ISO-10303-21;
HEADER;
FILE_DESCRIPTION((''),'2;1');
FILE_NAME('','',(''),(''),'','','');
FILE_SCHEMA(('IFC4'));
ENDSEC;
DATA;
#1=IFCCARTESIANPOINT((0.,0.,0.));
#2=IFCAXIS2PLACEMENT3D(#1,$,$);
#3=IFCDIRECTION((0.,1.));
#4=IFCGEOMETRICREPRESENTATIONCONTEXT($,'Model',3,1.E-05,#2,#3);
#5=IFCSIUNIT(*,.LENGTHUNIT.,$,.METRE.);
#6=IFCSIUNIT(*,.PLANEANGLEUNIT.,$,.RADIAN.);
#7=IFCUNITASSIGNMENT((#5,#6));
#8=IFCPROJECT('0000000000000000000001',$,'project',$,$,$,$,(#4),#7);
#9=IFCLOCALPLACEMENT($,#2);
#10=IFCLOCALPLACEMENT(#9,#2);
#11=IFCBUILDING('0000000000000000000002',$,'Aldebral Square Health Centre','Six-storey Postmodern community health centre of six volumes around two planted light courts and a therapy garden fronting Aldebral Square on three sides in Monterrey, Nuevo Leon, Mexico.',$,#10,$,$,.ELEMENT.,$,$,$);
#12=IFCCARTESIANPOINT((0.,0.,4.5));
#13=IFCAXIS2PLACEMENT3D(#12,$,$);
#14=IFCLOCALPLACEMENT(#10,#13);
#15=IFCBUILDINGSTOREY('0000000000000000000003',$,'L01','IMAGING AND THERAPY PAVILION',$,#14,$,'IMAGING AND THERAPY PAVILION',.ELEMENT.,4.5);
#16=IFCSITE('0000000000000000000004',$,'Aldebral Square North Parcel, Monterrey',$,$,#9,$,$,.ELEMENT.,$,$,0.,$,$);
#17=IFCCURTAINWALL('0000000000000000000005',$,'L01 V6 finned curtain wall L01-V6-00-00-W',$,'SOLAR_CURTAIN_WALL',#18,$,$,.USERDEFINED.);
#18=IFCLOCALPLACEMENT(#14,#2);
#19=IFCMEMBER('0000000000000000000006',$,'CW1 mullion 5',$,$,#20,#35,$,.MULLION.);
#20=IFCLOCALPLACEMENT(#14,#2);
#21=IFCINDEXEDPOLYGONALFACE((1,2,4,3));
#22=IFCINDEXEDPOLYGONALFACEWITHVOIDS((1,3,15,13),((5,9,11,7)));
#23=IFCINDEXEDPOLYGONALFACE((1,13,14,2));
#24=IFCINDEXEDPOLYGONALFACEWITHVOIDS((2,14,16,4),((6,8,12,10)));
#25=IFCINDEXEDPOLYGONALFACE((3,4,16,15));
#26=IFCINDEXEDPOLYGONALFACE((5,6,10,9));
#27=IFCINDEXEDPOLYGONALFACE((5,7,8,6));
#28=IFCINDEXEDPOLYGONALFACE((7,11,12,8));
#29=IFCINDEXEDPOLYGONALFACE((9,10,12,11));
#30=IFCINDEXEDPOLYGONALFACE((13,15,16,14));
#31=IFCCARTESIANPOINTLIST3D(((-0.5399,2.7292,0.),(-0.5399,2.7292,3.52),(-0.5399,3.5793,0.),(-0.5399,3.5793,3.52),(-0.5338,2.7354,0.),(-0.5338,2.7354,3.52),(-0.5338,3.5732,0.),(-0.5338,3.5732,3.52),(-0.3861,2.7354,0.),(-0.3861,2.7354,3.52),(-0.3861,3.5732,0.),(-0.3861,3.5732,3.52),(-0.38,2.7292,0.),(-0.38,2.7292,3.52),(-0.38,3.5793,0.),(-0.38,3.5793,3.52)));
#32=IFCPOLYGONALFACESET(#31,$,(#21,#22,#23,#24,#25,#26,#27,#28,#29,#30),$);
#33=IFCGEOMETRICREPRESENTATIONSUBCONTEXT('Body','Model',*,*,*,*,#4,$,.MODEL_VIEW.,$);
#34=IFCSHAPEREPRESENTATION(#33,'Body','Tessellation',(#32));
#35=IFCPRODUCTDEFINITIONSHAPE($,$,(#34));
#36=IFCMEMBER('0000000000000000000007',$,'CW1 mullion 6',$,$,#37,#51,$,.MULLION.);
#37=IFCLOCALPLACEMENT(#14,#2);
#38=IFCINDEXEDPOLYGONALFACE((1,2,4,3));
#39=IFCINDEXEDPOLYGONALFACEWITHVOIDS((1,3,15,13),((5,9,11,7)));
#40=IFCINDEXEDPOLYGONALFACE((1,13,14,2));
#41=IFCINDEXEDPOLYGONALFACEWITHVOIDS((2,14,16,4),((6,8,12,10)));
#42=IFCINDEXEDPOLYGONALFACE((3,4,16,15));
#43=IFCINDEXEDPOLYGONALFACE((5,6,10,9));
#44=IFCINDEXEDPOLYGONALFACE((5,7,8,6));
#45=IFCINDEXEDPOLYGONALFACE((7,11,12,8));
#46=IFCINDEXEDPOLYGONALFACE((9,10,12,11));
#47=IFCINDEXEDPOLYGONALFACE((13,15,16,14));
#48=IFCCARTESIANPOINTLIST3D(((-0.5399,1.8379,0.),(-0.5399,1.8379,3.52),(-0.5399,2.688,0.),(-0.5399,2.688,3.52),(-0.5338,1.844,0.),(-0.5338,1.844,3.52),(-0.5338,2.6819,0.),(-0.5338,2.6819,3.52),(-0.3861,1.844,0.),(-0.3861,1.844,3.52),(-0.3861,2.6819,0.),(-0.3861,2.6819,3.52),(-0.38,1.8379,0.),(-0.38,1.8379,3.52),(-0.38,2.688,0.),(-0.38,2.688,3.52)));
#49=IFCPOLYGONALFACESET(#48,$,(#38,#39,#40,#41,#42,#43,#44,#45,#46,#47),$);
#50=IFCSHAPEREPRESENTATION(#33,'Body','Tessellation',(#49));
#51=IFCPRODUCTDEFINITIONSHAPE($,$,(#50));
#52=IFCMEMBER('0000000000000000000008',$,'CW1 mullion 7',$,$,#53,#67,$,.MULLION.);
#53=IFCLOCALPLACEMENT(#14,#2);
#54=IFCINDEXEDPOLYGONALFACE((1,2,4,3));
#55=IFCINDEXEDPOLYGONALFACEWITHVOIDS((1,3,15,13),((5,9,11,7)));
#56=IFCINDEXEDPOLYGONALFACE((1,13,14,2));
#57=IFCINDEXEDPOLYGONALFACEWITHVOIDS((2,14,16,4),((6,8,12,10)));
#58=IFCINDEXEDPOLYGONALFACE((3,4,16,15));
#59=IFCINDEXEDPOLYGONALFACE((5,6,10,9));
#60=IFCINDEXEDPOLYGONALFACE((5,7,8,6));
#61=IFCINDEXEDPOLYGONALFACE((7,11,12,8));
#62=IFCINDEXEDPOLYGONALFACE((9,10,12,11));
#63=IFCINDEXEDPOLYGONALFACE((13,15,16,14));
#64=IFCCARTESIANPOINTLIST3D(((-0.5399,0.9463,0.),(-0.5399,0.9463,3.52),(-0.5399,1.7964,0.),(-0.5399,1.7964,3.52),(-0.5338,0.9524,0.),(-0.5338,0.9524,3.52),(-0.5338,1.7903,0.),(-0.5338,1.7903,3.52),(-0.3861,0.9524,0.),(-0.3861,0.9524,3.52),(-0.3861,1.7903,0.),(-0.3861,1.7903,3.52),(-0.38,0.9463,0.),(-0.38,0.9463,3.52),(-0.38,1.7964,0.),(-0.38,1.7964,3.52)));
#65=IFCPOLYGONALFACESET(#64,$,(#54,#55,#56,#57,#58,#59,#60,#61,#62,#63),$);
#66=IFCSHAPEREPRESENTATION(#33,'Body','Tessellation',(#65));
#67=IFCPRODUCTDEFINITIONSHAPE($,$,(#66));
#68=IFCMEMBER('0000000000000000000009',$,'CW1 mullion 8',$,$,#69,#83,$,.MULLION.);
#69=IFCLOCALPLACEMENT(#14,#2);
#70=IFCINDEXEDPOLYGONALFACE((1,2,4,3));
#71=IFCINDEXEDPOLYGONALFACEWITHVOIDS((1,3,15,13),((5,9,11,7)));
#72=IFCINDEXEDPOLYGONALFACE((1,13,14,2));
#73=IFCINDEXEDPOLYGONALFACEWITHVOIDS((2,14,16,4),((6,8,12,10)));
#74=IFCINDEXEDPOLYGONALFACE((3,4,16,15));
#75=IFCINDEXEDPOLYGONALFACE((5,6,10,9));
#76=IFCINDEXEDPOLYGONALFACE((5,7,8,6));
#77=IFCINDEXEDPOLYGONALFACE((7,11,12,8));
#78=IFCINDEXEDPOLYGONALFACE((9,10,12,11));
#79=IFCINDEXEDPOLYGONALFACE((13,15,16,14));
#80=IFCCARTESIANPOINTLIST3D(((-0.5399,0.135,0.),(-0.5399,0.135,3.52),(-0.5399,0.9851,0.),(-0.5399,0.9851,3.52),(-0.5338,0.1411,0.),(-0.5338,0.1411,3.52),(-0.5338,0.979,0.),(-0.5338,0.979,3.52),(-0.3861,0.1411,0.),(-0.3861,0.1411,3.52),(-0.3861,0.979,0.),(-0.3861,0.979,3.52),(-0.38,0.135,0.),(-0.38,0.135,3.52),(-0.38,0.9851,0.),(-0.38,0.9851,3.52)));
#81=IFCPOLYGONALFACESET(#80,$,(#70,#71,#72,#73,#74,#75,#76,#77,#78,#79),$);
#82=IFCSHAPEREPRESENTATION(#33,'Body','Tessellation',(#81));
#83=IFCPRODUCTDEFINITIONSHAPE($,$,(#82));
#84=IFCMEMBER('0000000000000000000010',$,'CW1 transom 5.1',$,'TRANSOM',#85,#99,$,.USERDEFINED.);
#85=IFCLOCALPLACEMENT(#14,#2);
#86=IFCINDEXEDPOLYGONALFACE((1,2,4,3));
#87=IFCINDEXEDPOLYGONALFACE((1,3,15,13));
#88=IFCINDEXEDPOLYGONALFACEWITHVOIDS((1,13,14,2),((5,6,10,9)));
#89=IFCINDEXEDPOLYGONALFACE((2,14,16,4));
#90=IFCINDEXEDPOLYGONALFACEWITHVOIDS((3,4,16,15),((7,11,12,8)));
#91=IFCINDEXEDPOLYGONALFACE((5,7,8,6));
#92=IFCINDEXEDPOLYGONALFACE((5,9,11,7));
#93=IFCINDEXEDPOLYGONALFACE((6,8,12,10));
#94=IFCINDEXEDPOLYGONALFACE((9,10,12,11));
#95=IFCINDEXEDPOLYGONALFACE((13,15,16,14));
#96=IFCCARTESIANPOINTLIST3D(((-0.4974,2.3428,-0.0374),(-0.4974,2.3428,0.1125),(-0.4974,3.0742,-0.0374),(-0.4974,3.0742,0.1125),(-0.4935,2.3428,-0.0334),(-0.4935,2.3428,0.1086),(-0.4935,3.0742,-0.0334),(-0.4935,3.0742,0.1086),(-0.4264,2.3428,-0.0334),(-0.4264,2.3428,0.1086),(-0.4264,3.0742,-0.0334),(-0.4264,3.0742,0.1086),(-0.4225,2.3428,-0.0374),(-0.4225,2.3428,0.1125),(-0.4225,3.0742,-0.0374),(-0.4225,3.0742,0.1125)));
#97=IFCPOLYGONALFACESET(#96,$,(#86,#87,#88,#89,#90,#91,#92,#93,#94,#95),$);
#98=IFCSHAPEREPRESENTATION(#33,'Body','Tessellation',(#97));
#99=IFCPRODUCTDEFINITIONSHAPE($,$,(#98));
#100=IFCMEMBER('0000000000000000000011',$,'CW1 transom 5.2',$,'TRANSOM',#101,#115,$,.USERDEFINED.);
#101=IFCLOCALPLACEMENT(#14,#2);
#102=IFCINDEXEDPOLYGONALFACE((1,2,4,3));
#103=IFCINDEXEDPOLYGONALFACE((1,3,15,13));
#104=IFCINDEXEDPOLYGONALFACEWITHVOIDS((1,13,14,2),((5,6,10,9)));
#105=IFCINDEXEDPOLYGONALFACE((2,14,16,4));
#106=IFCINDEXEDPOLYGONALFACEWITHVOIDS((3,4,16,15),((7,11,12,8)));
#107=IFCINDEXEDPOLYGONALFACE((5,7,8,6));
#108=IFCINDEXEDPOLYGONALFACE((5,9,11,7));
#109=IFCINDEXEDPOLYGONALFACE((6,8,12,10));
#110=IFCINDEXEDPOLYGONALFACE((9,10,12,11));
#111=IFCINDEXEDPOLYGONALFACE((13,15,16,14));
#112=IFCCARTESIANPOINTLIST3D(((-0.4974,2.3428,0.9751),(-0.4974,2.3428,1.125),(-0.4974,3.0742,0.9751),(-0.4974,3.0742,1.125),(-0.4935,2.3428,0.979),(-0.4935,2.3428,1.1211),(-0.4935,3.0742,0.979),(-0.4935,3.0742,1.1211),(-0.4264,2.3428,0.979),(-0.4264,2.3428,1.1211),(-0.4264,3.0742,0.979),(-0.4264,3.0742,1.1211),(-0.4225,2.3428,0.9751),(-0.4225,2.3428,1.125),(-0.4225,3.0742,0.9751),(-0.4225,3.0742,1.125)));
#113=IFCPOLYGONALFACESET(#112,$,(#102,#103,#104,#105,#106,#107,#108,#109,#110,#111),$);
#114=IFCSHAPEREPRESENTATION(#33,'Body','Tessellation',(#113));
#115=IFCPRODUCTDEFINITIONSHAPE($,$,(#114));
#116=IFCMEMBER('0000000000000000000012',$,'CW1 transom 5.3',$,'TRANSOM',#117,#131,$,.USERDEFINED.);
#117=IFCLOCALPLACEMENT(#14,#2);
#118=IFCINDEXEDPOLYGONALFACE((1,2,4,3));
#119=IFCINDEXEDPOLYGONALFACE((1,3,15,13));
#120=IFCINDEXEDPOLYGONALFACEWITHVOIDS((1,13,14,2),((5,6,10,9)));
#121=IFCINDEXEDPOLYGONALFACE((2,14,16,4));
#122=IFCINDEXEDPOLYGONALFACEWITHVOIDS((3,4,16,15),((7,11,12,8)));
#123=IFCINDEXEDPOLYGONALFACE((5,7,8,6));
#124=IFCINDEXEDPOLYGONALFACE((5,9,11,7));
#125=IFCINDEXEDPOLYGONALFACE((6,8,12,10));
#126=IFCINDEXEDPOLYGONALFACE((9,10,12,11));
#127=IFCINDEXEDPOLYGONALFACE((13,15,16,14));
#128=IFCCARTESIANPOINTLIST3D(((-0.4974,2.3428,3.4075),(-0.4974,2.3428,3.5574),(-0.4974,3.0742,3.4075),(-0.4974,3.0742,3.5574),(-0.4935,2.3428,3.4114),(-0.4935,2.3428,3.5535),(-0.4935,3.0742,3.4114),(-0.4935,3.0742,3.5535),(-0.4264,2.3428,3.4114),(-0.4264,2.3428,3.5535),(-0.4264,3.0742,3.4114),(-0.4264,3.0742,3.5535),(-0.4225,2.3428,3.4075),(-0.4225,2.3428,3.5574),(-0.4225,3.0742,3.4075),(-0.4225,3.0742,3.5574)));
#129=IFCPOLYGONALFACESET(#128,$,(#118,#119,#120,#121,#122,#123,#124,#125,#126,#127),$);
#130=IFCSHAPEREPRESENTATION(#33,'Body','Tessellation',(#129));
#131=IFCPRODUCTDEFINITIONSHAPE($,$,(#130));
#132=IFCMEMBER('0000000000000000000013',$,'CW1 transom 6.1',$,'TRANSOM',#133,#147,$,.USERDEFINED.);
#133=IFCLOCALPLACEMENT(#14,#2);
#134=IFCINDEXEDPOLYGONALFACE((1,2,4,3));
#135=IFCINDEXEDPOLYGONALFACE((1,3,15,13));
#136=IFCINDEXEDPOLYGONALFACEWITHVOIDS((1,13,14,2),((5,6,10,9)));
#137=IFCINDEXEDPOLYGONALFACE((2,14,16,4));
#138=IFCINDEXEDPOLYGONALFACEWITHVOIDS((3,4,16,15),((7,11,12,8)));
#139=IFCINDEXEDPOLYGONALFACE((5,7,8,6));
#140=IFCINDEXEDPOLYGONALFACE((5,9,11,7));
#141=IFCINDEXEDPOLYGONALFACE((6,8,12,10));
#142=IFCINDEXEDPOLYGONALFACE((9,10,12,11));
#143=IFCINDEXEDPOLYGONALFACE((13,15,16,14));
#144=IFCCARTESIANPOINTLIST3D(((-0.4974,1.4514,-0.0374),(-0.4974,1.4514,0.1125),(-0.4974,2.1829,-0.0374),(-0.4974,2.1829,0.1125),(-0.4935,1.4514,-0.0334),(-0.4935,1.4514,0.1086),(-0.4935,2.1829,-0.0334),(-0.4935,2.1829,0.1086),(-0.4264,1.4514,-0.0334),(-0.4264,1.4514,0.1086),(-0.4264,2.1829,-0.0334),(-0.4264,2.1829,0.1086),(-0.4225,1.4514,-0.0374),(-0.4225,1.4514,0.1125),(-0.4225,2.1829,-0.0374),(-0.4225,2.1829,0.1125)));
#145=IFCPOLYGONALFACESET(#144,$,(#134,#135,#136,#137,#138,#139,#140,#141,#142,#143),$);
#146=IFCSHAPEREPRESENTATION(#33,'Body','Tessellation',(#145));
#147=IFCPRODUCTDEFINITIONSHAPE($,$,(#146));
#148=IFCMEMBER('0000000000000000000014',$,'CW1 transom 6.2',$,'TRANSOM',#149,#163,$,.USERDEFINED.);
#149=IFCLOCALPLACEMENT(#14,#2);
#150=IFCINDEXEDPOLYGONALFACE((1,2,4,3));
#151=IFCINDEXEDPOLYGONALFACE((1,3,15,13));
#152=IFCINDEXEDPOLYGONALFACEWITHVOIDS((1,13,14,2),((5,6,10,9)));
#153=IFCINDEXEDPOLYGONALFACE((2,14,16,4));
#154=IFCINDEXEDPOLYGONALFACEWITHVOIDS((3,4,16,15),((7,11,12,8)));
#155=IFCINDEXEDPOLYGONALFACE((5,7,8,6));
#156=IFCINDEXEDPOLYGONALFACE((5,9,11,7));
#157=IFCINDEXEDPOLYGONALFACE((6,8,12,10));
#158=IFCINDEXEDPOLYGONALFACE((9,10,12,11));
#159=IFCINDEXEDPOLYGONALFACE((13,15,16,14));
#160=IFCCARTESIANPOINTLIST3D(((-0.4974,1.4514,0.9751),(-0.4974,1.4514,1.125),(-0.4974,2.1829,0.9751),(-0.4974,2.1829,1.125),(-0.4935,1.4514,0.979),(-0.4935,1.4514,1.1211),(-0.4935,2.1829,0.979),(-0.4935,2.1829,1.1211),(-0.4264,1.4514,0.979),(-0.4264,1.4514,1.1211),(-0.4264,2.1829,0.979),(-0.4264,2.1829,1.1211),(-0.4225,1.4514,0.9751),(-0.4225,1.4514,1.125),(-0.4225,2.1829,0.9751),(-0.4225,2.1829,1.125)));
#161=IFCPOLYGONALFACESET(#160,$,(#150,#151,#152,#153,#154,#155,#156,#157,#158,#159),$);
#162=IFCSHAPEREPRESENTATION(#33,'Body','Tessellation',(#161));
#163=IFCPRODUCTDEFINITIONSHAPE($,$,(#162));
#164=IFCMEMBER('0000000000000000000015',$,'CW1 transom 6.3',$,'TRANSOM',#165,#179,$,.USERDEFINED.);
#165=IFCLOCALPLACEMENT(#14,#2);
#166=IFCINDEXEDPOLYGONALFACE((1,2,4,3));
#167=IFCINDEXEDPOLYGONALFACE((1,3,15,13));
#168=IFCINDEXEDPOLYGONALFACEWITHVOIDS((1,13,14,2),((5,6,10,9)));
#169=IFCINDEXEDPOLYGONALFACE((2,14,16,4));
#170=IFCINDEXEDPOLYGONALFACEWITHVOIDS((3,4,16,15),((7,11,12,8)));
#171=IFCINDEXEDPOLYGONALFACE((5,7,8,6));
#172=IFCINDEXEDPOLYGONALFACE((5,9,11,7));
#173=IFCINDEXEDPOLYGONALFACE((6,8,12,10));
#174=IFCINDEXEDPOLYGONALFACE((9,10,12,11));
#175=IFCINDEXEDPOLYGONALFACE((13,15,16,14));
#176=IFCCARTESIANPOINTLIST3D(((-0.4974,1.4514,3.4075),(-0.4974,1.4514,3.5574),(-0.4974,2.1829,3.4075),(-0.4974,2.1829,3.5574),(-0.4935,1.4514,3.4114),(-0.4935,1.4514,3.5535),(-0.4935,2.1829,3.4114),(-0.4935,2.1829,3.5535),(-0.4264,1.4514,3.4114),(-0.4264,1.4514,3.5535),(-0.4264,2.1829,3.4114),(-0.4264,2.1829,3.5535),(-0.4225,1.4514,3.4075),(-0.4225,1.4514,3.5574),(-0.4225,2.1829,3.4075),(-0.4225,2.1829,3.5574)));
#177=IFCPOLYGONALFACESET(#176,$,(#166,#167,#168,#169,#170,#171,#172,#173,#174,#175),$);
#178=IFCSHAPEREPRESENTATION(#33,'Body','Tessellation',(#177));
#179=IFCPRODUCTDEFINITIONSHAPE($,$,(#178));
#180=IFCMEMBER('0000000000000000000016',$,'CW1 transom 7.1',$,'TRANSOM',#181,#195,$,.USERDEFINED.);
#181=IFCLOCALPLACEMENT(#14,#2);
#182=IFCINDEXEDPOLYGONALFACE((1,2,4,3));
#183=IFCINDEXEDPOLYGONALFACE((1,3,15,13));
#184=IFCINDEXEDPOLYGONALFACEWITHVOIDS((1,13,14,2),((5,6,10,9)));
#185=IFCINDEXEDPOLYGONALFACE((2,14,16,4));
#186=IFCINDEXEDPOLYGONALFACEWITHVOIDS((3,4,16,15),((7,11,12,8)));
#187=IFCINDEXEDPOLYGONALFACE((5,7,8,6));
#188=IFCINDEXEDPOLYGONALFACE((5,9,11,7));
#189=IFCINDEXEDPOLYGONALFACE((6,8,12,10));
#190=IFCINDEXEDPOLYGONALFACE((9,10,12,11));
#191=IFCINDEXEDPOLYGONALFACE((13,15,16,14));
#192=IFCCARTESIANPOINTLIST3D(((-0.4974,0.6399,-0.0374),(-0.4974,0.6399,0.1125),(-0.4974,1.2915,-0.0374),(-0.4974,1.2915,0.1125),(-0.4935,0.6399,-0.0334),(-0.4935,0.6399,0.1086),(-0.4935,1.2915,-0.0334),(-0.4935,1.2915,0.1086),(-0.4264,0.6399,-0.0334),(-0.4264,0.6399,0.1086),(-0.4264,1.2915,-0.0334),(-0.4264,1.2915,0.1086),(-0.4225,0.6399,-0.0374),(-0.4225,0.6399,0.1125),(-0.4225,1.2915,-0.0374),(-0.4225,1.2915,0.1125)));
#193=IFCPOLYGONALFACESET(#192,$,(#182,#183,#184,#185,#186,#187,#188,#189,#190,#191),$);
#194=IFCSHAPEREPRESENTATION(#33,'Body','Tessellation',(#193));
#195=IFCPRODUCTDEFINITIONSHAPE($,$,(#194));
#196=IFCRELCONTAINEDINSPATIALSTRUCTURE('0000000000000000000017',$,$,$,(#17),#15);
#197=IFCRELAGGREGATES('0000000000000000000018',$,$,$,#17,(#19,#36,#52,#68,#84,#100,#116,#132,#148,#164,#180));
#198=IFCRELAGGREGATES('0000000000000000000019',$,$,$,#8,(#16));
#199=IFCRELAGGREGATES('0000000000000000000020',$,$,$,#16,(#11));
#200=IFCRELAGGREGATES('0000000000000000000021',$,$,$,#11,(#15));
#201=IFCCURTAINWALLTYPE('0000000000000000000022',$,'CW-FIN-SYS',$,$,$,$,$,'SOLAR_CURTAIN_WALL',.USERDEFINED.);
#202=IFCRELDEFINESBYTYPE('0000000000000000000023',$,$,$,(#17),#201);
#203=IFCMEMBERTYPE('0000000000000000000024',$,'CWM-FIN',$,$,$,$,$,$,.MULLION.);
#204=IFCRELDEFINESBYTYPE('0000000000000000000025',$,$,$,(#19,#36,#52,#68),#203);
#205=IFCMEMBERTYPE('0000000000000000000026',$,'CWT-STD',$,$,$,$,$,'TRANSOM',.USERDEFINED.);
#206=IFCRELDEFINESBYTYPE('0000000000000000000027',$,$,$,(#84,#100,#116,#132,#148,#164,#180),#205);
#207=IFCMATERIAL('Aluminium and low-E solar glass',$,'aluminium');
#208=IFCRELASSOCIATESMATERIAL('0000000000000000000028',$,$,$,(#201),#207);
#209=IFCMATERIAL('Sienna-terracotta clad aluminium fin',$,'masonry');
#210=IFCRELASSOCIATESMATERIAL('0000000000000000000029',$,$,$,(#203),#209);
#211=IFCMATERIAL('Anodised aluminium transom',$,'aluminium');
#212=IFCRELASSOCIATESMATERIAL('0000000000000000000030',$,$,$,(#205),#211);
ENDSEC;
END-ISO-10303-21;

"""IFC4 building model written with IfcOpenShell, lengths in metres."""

from ifc_helpers import new_model, si_unit, direction, frame, origin, origin_2d, place, context, subcontext, project, spatial, hollow_rectangle, extrude, material, material_profile, profile_set, type_object, element, aggregate, save


model = new_model("IFC4")

# Units and contexts
model_context = context("Model", 3, precision=1e-05, world=origin(), true_north=direction((0.0, 1.0)))
body_context = subcontext(model_context, "Body", "Model", "MODEL_VIEW")
ifc_project = project(units=[si_unit("LENGTHUNIT", "METRE"), si_unit("PLANEANGLEUNIT", "RADIAN")], contexts=[model_context])

# Site, building, storey
site_placement = place(None, origin())
site = spatial("IfcSite", under=ifc_project, at=site_placement, Name="Aldebral Square North Parcel, Monterrey", CompositionType="ELEMENT", RefElevation=0.0)
building_placement = place(site_placement, origin())
building = spatial("IfcBuilding", under=site, at=building_placement, Name="Aldebral Square Health Centre", Description="Six-storey Postmodern community health centre of six volumes around two planted light courts and a therapy garden fronting Aldebral Square on three sides in Monterrey, Nuevo Leon, Mexico.", CompositionType="ELEMENT")
storey_placement = place(building_placement, frame((0.0, 0.0, 4.5)))
storey = spatial("IfcBuildingStorey", under=building, at=storey_placement, Name="L01", Description="IMAGING AND THERAPY PAVILION", LongName="IMAGING AND THERAPY PAVILION", CompositionType="ELEMENT", Elevation=4.5)

# Curtain wall, members
ifc_material_1 = material(Name="Aluminium and low-E solar glass", Category="aluminium")
curtain_wall_type = type_object("IfcCurtainWallType", Name="CW-FIN-SYS", ElementType="SOLAR_CURTAIN_WALL", PredefinedType="USERDEFINED", material=ifc_material_1)
curtain_wall_placement = place(storey_placement, origin())
curtain_wall = element("IfcCurtainWall", 1, at=curtain_wall_placement, inside=storey, type_object=curtain_wall_type, Name="L01 V6 finned curtain wall L01-V6-00-00-W", ObjectType="SOLAR_CURTAIN_WALL", PredefinedType="USERDEFINED")
ifc_material_2 = material(Name="Sienna-terracotta clad aluminium fin", Category="masonry")
ifc_material_profile_1 = material_profile(ifc_material_2, hollow_rectangle(XDim=0.1599, YDim=0.8501, WallThickness=0.0061, at=origin_2d()), Name="FIN 160x850x6")
ifc_profile_set_1 = profile_set([ifc_material_profile_1], Name="Sienna-terracotta clad aluminium fin")
member_type_1 = type_object("IfcMemberType", Name="CWM-FIN", PredefinedType="MULLION", material=ifc_profile_set_1)
member_1_placement = place(storey_placement, frame((-0.46, 3.1543, 0.0), z_axis=(0.0, 0.0, 1.0), x_axis=(1.0, 0.0, 0.0)))
member_1 = element("IfcMember", 2, at=member_1_placement, type_object=member_type_1, Name="CW1 mullion 5", PredefinedType="MULLION", context=body_context, shape_type="SweptSolid", body=[
    extrude(hollow_rectangle(XDim=0.1599, YDim=0.8501, WallThickness=0.0061, at=origin_2d()), origin(), (0.0, 0.0, 1.0), 3.52),
])
member_2_placement = place(storey_placement, frame((-0.46, 2.2629, 0.0), z_axis=(0.0, 0.0, 1.0), x_axis=(1.0, 0.0, 0.0)))
member_2 = element("IfcMember", 3, at=member_2_placement, type_object=member_type_1, Name="CW1 mullion 6", PredefinedType="MULLION", context=body_context, shape_type="SweptSolid", body=[
    extrude(hollow_rectangle(XDim=0.1599, YDim=0.8501, WallThickness=0.0061, at=origin_2d()), origin(), (0.0, 0.0, 1.0), 3.52),
])
member_3_placement = place(storey_placement, frame((-0.46, 1.3713, 0.0), z_axis=(0.0, 0.0, 1.0), x_axis=(1.0, 0.0, 0.0)))
member_3 = element("IfcMember", 4, at=member_3_placement, type_object=member_type_1, Name="CW1 mullion 7", PredefinedType="MULLION", context=body_context, shape_type="SweptSolid", body=[
    extrude(hollow_rectangle(XDim=0.1599, YDim=0.8501, WallThickness=0.0061, at=origin_2d()), origin(), (0.0, 0.0, 1.0), 3.52),
])
member_4_placement = place(storey_placement, frame((-0.46, 0.5601, 0.0), z_axis=(0.0, 0.0, 1.0), x_axis=(1.0, 0.0, 0.0)))
member_4 = element("IfcMember", 5, at=member_4_placement, type_object=member_type_1, Name="CW1 mullion 8", PredefinedType="MULLION", context=body_context, shape_type="SweptSolid", body=[
    extrude(hollow_rectangle(XDim=0.1599, YDim=0.8501, WallThickness=0.0061, at=origin_2d()), origin(), (0.0, 0.0, 1.0), 3.52),
])
ifc_material_3 = material(Name="Anodised aluminium transom", Category="aluminium")
ifc_material_profile_2 = material_profile(ifc_material_3, hollow_rectangle(XDim=0.075, YDim=0.1499, WallThickness=0.0039, at=origin_2d()), Name="CWT 75x150x4")
ifc_profile_set_2 = profile_set([ifc_material_profile_2], Name="Anodised aluminium transom")
member_type_2 = type_object("IfcMemberType", Name="CWT-STD", ElementType="TRANSOM", PredefinedType="USERDEFINED", material=ifc_profile_set_2)
member_5_placement = place(storey_placement, frame((-0.46, 3.0742, 0.0376), z_axis=(0.0, -1.0, 0.0), x_axis=(1.0, 0.0, 0.0)))
member_5 = element("IfcMember", 6, at=member_5_placement, type_object=member_type_2, Name="CW1 transom 5.1", ObjectType="TRANSOM", PredefinedType="USERDEFINED", context=body_context, shape_type="SweptSolid", body=[
    extrude(hollow_rectangle(XDim=0.075, YDim=0.1499, WallThickness=0.0039, at=origin_2d()), origin(), (0.0, 0.0, 1.0), 0.7314),
])
member_6_placement = place(storey_placement, frame((-0.46, 3.0742, 1.05), z_axis=(0.0, -1.0, 0.0), x_axis=(1.0, 0.0, 0.0)))
member_6 = element("IfcMember", 7, at=member_6_placement, type_object=member_type_2, Name="CW1 transom 5.2", ObjectType="TRANSOM", PredefinedType="USERDEFINED", context=body_context, shape_type="SweptSolid", body=[
    extrude(hollow_rectangle(XDim=0.075, YDim=0.1499, WallThickness=0.0039, at=origin_2d()), origin(), (0.0, 0.0, 1.0), 0.7314),
])
member_7_placement = place(storey_placement, frame((-0.46, 3.0742, 3.4824), z_axis=(0.0, -1.0, 0.0), x_axis=(1.0, 0.0, 0.0)))
member_7 = element("IfcMember", 8, at=member_7_placement, type_object=member_type_2, Name="CW1 transom 5.3", ObjectType="TRANSOM", PredefinedType="USERDEFINED", context=body_context, shape_type="SweptSolid", body=[
    extrude(hollow_rectangle(XDim=0.075, YDim=0.1499, WallThickness=0.0039, at=origin_2d()), origin(), (0.0, 0.0, 1.0), 0.7314),
])
member_8_placement = place(storey_placement, frame((-0.46, 2.1829, 0.0376), z_axis=(0.0, -1.0, 0.0), x_axis=(1.0, 0.0, 0.0)))
member_8 = element("IfcMember", 9, at=member_8_placement, type_object=member_type_2, Name="CW1 transom 6.1", ObjectType="TRANSOM", PredefinedType="USERDEFINED", context=body_context, shape_type="SweptSolid", body=[
    extrude(hollow_rectangle(XDim=0.075, YDim=0.1499, WallThickness=0.0039, at=origin_2d()), origin(), (0.0, 0.0, 1.0), 0.7314),
])
member_9_placement = place(storey_placement, frame((-0.46, 2.1829, 1.05), z_axis=(0.0, -1.0, 0.0), x_axis=(1.0, 0.0, 0.0)))
member_9 = element("IfcMember", 10, at=member_9_placement, type_object=member_type_2, Name="CW1 transom 6.2", ObjectType="TRANSOM", PredefinedType="USERDEFINED", context=body_context, shape_type="SweptSolid", body=[
    extrude(hollow_rectangle(XDim=0.075, YDim=0.1499, WallThickness=0.0039, at=origin_2d()), origin(), (0.0, 0.0, 1.0), 0.7314),
])
member_10_placement = place(storey_placement, frame((-0.46, 2.1829, 3.4824), z_axis=(0.0, -1.0, 0.0), x_axis=(1.0, 0.0, 0.0)))
member_10 = element("IfcMember", 11, at=member_10_placement, type_object=member_type_2, Name="CW1 transom 6.3", ObjectType="TRANSOM", PredefinedType="USERDEFINED", context=body_context, shape_type="SweptSolid", body=[
    extrude(hollow_rectangle(XDim=0.075, YDim=0.1499, WallThickness=0.0039, at=origin_2d()), origin(), (0.0, 0.0, 1.0), 0.7314),
])
member_11_placement = place(storey_placement, frame((-0.46, 1.2915, 0.0376), z_axis=(0.0, -1.0, 0.0), x_axis=(1.0, 0.0, 0.0)))
member_11 = element("IfcMember", 12, at=member_11_placement, type_object=member_type_2, Name="CW1 transom 7.1", ObjectType="TRANSOM", PredefinedType="USERDEFINED", context=body_context, shape_type="SweptSolid", body=[
    extrude(hollow_rectangle(XDim=0.075, YDim=0.1499, WallThickness=0.0039, at=origin_2d()), origin(), (0.0, 0.0, 1.0), 0.6516),
])
aggregate(curtain_wall, [member_1, member_2, member_3, member_4, member_5, member_6, member_7, member_8, member_9, member_10, member_11])

save(model, "model.ifc")
